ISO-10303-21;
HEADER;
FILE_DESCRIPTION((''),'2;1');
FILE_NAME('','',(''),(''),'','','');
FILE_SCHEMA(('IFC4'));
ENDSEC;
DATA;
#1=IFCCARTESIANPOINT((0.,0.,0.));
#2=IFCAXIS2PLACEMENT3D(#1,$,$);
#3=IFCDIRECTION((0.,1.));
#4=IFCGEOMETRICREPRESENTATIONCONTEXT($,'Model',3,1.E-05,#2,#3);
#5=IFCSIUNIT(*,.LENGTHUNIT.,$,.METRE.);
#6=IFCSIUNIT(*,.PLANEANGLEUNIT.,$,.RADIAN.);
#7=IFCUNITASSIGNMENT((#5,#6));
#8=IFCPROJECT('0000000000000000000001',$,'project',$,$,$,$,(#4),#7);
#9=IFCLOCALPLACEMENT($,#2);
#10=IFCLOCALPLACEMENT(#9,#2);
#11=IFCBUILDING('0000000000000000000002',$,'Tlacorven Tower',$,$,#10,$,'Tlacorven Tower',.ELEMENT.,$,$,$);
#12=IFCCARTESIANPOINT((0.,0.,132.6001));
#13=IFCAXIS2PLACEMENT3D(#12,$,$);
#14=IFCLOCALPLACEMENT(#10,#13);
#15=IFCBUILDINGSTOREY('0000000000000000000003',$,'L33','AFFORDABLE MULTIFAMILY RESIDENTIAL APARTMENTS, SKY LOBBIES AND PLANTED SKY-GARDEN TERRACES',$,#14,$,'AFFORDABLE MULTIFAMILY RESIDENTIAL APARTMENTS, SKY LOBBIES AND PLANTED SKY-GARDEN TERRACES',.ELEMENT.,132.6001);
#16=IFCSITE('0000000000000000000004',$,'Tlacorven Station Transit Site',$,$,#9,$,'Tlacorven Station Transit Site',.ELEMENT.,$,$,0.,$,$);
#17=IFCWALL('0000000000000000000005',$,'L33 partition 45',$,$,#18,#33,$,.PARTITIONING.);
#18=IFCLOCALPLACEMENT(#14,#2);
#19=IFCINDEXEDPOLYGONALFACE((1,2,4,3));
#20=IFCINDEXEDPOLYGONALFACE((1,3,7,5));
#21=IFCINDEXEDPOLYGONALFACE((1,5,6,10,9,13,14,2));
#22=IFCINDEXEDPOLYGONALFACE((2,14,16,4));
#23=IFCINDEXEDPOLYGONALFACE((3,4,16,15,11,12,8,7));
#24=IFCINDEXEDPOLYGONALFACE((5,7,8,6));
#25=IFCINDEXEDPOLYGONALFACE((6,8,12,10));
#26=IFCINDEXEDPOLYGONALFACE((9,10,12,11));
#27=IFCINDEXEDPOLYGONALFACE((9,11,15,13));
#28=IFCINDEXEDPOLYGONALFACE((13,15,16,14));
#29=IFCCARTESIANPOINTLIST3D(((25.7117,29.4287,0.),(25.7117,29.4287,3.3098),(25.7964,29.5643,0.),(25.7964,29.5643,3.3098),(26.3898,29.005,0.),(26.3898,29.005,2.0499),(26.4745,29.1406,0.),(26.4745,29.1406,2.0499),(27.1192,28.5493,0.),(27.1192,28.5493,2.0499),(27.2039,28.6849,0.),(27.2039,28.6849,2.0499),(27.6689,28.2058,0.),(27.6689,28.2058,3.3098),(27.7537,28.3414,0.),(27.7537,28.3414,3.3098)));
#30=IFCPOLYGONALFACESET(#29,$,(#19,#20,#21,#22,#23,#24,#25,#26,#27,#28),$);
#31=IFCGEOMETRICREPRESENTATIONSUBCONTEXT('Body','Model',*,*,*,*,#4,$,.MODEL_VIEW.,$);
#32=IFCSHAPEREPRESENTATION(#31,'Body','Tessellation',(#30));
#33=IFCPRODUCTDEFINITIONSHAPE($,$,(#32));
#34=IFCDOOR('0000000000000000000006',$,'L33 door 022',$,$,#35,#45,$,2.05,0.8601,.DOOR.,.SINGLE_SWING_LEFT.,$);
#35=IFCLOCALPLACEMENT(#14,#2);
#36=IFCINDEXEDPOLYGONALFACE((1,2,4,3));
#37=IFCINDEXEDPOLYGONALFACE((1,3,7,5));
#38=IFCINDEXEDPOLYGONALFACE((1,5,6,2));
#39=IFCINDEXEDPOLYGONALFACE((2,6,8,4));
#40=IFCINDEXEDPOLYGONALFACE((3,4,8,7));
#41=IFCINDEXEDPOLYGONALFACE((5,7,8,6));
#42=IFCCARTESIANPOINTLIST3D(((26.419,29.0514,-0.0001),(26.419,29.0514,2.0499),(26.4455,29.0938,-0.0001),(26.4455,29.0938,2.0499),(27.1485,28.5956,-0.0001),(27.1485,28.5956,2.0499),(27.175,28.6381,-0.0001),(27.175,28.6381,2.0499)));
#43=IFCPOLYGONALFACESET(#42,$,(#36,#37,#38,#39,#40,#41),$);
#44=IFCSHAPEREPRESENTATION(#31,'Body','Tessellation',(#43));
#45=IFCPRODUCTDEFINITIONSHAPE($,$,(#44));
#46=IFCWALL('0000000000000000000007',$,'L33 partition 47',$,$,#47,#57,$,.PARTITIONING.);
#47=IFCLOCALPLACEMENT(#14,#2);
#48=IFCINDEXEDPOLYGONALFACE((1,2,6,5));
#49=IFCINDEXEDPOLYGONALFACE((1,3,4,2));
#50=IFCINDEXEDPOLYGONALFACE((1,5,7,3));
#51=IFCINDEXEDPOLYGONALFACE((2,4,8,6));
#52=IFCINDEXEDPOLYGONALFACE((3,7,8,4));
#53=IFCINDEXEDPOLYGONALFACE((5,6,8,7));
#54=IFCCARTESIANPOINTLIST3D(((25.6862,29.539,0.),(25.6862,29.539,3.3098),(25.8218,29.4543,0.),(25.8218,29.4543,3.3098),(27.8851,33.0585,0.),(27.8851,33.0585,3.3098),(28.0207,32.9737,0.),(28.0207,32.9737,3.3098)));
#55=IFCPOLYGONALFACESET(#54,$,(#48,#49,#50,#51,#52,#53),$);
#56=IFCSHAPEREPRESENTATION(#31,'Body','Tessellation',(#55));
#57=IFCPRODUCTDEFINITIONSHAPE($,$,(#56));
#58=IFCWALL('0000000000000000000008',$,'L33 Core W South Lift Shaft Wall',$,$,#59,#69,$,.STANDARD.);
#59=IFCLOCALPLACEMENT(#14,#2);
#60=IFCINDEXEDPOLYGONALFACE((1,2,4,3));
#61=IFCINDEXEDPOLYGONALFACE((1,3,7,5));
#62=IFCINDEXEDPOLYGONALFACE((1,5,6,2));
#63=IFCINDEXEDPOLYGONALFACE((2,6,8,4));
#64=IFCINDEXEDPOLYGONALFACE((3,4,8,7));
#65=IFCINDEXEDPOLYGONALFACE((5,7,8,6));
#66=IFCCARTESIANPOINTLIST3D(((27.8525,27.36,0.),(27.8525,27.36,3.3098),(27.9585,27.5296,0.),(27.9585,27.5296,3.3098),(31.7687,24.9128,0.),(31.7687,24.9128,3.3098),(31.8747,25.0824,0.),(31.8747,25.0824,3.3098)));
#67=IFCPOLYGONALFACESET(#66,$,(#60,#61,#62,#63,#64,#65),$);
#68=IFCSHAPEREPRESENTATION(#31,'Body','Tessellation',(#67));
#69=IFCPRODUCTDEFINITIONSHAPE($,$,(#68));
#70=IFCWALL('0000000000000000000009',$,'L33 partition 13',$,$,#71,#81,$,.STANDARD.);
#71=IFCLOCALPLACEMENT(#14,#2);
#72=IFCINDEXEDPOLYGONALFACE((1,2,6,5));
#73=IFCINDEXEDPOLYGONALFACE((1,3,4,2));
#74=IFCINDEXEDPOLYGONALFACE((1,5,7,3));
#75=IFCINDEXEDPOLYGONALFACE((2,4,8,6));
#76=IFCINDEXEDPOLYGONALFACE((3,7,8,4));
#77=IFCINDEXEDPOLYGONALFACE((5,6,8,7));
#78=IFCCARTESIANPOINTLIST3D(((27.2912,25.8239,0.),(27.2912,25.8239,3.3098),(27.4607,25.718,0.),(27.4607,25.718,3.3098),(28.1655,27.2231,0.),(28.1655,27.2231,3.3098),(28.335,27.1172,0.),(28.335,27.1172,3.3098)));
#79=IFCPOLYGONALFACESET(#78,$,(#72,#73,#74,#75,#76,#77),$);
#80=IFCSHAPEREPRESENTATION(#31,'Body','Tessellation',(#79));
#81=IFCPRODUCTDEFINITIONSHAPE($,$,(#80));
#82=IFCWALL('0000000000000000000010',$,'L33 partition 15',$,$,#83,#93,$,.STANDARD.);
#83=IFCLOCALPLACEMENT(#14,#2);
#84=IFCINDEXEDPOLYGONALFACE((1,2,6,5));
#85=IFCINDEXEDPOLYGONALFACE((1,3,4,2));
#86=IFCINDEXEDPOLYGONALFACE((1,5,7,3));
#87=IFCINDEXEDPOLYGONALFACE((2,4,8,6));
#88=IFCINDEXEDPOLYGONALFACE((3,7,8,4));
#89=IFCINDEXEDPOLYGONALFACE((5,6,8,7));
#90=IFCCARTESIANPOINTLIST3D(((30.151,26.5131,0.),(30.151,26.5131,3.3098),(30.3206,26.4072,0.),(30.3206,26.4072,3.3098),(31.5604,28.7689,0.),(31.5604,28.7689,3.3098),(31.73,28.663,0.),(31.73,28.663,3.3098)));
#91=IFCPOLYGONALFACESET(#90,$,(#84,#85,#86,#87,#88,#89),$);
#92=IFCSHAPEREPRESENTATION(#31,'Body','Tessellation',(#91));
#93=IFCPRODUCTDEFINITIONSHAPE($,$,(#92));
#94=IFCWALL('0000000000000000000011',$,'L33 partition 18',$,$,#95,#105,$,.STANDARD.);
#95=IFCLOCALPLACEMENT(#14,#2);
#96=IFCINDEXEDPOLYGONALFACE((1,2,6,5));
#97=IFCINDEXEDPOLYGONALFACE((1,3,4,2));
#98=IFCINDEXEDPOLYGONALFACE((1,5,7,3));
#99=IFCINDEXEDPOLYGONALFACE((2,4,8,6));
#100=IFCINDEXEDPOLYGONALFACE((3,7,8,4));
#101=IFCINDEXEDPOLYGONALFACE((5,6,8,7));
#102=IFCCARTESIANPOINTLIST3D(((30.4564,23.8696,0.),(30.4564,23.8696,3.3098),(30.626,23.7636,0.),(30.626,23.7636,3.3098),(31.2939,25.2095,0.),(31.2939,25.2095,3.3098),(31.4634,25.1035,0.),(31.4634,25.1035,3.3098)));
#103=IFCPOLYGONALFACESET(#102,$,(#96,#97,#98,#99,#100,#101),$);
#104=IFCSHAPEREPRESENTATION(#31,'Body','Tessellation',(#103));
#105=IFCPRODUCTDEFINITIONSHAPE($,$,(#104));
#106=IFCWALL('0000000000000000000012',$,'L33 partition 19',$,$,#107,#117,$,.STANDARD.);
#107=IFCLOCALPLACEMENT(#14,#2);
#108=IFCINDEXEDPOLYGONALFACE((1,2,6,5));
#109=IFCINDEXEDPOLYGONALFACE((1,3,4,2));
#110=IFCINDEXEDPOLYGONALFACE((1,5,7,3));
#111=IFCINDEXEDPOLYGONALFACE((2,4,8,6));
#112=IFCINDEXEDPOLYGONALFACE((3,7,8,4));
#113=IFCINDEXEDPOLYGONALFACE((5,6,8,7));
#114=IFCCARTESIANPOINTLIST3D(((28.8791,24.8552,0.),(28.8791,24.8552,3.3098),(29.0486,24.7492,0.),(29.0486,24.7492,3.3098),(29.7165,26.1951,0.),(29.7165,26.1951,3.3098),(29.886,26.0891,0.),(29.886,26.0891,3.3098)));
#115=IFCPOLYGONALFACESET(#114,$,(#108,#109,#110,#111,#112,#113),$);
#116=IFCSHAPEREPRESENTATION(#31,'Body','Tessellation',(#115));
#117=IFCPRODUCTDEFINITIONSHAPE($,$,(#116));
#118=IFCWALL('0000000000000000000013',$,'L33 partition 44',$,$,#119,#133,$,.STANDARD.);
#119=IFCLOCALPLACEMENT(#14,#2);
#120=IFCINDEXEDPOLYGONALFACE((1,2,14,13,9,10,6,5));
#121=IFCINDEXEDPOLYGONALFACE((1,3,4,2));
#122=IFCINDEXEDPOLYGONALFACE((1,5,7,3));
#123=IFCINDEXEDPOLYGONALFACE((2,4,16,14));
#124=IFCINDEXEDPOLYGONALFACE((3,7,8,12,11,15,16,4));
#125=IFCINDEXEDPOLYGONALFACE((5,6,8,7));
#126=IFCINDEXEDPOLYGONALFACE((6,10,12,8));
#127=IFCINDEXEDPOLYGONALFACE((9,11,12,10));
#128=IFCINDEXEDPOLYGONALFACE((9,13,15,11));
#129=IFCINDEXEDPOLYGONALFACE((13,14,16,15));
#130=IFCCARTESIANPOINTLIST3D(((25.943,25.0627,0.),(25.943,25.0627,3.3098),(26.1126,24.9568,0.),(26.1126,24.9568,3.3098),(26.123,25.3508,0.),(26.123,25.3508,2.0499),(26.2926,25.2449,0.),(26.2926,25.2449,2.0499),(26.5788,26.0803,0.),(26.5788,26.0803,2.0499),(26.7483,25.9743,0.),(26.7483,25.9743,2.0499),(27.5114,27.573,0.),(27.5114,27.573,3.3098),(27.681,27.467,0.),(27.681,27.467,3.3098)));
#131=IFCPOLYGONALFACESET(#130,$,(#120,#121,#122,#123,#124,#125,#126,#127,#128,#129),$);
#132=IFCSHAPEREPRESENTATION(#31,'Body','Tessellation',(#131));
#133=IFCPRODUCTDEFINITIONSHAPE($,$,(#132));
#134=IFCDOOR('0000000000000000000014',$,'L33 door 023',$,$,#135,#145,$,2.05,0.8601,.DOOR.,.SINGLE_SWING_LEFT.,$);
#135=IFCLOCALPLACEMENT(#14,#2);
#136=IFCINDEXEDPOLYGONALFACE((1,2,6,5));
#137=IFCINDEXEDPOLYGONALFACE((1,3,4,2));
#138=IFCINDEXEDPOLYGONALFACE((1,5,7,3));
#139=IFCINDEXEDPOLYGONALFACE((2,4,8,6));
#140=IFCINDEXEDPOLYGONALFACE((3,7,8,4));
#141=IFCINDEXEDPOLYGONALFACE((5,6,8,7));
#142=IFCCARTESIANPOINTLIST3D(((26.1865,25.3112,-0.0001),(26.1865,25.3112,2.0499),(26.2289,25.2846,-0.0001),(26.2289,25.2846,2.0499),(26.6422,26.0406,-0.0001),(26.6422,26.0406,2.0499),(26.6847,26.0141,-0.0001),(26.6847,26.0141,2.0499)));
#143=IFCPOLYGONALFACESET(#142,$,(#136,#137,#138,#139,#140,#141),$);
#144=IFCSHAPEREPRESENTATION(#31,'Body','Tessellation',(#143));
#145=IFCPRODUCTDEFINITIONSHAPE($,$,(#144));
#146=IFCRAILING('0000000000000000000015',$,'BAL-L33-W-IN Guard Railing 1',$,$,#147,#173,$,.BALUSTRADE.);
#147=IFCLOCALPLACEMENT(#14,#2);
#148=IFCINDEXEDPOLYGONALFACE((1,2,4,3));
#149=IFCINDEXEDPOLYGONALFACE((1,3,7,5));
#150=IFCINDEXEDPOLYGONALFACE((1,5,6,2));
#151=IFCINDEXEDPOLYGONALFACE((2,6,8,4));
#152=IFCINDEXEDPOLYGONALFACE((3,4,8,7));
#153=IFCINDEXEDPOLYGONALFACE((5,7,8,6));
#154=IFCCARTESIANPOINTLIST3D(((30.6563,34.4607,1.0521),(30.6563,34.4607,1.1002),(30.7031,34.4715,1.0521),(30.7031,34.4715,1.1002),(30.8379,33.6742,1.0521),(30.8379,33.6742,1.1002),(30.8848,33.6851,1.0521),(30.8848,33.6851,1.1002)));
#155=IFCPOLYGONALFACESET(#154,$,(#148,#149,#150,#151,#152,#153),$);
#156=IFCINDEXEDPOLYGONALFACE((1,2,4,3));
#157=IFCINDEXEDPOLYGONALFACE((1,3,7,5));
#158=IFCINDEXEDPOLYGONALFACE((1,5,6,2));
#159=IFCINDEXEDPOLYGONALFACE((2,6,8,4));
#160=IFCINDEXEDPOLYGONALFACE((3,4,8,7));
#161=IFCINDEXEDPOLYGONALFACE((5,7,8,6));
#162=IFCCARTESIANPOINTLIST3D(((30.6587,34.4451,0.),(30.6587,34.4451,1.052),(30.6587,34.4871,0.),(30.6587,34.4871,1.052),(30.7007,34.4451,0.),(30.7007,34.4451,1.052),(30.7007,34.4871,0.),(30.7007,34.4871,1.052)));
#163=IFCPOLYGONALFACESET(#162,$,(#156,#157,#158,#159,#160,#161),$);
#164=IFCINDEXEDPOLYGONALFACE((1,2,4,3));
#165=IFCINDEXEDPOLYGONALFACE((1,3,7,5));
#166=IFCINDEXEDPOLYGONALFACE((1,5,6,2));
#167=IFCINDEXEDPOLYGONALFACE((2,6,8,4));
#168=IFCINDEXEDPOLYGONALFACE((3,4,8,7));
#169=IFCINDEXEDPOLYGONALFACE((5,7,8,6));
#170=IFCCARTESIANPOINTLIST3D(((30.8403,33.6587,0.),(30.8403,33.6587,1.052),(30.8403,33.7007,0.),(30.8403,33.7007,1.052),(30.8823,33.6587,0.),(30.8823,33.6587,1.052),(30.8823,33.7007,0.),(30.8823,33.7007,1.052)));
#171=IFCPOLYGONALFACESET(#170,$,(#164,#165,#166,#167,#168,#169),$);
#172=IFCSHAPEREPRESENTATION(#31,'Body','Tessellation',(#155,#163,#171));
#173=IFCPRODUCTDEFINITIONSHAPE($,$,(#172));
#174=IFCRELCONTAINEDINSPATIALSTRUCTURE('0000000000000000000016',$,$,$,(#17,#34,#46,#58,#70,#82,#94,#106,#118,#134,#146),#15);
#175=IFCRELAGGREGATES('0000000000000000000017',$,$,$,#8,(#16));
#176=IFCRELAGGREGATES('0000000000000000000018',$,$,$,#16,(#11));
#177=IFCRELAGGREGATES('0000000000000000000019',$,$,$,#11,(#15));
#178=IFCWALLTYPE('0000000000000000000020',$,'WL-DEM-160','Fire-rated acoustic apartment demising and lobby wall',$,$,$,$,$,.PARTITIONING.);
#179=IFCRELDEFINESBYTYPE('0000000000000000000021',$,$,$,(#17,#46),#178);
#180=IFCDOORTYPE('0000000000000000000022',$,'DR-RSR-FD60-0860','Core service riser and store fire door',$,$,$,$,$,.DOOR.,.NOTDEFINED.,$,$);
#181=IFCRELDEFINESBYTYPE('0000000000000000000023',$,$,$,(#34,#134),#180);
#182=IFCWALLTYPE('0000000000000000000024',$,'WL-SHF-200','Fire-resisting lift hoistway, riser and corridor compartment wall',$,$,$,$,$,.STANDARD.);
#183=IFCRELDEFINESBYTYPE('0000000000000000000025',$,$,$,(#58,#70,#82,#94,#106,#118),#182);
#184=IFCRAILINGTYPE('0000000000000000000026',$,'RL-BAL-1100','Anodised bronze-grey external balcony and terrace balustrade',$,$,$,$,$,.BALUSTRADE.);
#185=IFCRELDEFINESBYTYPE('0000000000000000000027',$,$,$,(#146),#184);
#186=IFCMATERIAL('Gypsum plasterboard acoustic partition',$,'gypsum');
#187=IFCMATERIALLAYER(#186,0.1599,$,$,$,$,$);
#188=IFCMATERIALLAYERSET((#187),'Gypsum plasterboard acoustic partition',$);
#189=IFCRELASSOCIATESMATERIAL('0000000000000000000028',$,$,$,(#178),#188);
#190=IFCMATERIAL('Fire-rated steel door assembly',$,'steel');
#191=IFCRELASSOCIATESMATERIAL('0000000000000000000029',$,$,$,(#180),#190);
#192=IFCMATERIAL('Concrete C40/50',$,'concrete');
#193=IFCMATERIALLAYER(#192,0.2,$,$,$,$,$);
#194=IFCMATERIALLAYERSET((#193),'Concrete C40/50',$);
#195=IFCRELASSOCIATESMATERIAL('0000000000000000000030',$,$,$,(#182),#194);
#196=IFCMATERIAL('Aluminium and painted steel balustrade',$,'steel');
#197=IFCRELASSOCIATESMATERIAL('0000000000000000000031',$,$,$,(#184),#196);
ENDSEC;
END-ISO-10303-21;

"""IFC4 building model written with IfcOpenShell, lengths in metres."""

from ifc_helpers import new_model, si_unit, direction, frame, frame_2d, origin, origin_2d, place, context, subcontext, project, spatial, rectangle, extrude, source, transform, mapped, material, layer, layer_set, type_object, element, fill, save


model = new_model("IFC4")

# Units and contexts
model_context = context("Model", 3, precision=1e-05, world=origin(), true_north=direction((0.0, 1.0)))
body_context = subcontext(model_context, "Body", "Model", "MODEL_VIEW")
ifc_project = project(units=[si_unit("LENGTHUNIT", "METRE"), si_unit("PLANEANGLEUNIT", "RADIAN")], contexts=[model_context])

# Site, building, storey
site_placement = place(None, origin())
site = spatial("IfcSite", under=ifc_project, at=site_placement, Name="Tlacorven Station Transit Site", LongName="Tlacorven Station Transit Site", CompositionType="ELEMENT", RefElevation=0.0)
building_placement = place(site_placement, origin())
building = spatial("IfcBuilding", under=site, at=building_placement, Name="Tlacorven Tower", LongName="Tlacorven Tower", CompositionType="ELEMENT")
storey_placement = place(building_placement, frame((0.0, 0.0, 132.6001)))
storey = spatial("IfcBuildingStorey", under=building, at=storey_placement, Name="L33", Description="AFFORDABLE MULTIFAMILY RESIDENTIAL APARTMENTS, SKY LOBBIES AND PLANTED SKY-GARDEN TERRACES", LongName="AFFORDABLE MULTIFAMILY RESIDENTIAL APARTMENTS, SKY LOBBIES AND PLANTED SKY-GARDEN TERRACES", CompositionType="ELEMENT", Elevation=132.6001)

# Wall, opening, door
ifc_material_1 = material(Name="Gypsum plasterboard acoustic partition", Category="gypsum")
ifc_layer_1 = layer(ifc_material_1, 0.1599)
ifc_layer_set_1 = layer_set([ifc_layer_1], Name="Gypsum plasterboard acoustic partition")
wall_type_1 = type_object("IfcWallType", Name="WL-DEM-160", Description="Fire-rated acoustic apartment demising and lobby wall", PredefinedType="PARTITIONING", material=ifc_layer_set_1)
wall_1_placement = place(storey_placement, frame((27.7112, 28.2737, 0.0), z_axis=(0.0, 0.0, 1.0), x_axis=(-0.848076, 0.529875, 0.0)))
wall_1 = element("IfcWall", 1, at=wall_1_placement, inside=storey, type_object=wall_type_1, Name="L33 partition 45", PredefinedType="PARTITIONING", context=body_context, shape_type="SweptSolid", body=[
    extrude(rectangle(XDim=2.3079, YDim=0.1599, at=frame_2d((1.1538, 0.0))), origin(), (0.0, 0.0, 1.0), 3.3098),
])
opening_1_placement = place(wall_1_placement, frame((0.6479, 0.0, 0.0)))
opening_1 = element("IfcOpeningElement", 2, at=opening_1_placement, cuts=wall_1, PredefinedType="OPENING", context=body_context, shape_type="SweptSolid", body=[
    extrude(rectangle(XDim=0.8601, YDim=2.05, at=frame_2d((0.4302, 1.0249))), frame((0.0, 0.0898, 0.0), z_axis=(0.0, -1.0, 0.0), x_axis=(1.0, 0.0, 0.0)), (0.0, 0.0, 1.0), 0.1799),
])
ifc_material_2 = material(Name="Fire-rated steel door assembly", Category="steel")
door_type = type_object("IfcDoorType", Name="DR-RSR-FD60-0860", Description="Core service riser and store fire door", OperationType="NOTDEFINED", PredefinedType="DOOR", material=ifc_material_2)
shared_shape_1 = source(origin(), body_context, "Body", "SweptSolid", [
    extrude(rectangle(XDim=0.8601, YDim=2.05, at=frame_2d((0.4302, 1.0249))), frame((0.0, 0.0249, 0.0), z_axis=(0.0, -1.0, 0.0), x_axis=(1.0, 0.0, 0.0)), (0.0, 0.0, 1.0), 0.05),
])
door_1_placement = place(opening_1_placement, frame((0.8601, 0.0, 0.0), z_axis=(0.0, 0.0, 1.0), x_axis=(-1.0, 0.0, 0.0)))
door_1 = element("IfcDoor", 3, at=door_1_placement, inside=storey, type_object=door_type, Name="L33 door 022", OperationType="SINGLE_SWING_LEFT", OverallHeight=2.05, OverallWidth=0.8601, PredefinedType="DOOR", context=body_context, shape_type="MappedRepresentation", body=[
    mapped(shared_shape_1, transform((0.0, 0.0, 0.0), scale=1.0)),
])
fill(opening_1, door_1)

# Walls
wall_2_placement = place(storey_placement, frame((27.9529, 33.0161, 0.0), z_axis=(0.0, 0.0, 1.0), x_axis=(-0.529872, -0.848078, 0.0)))
element("IfcWall", 4, at=wall_2_placement, inside=storey, type_object=wall_type_1, Name="L33 partition 47", PredefinedType="PARTITIONING", context=body_context, shape_type="SweptSolid", body=[
    extrude(rectangle(XDim=4.1499, YDim=0.1599, at=frame_2d((2.075, 0.0))), origin(), (0.0, 0.0, 1.0), 3.3098),
])
ifc_material_3 = material(Name="Concrete C40/50", Category="concrete")
ifc_layer_2 = layer(ifc_material_3, 0.2)
ifc_layer_set_2 = layer_set([ifc_layer_2], Name="Concrete C40/50")
wall_type_2 = type_object("IfcWallType", Name="WL-SHF-200", Description="Fire-resisting lift hoistway, riser and corridor compartment wall", PredefinedType="STANDARD", material=ifc_layer_set_2)
wall_3_placement = place(storey_placement, frame((31.8218, 24.9976, 0.0), z_axis=(0.0, 0.0, 1.0), x_axis=(-0.848037, 0.529937, 0.0)))
element("IfcWall", 5, at=wall_3_placement, inside=storey, type_object=wall_type_2, Name="L33 Core W South Lift Shaft Wall", PredefinedType="STANDARD", context=body_context, shape_type="SweptSolid", body=[
    extrude(rectangle(XDim=4.6179, YDim=0.2, at=frame_2d((2.3091, 0.0))), origin(), (0.0, 0.0, 1.0), 3.3098),
])
wall_4_placement = place(storey_placement, frame((28.2502, 27.1702, 0.0), z_axis=(0.0, 0.0, 1.0), x_axis=(-0.529906, -0.848056, 0.0)))
element("IfcWall", 6, at=wall_4_placement, inside=storey, type_object=wall_type_2, Name="L33 partition 13", PredefinedType="STANDARD", context=body_context, shape_type="SweptSolid", body=[
    extrude(rectangle(XDim=1.6499, YDim=0.2, at=frame_2d((0.825, 0.0))), origin(), (0.0, 0.0, 1.0), 3.3098),
])
wall_5_placement = place(storey_placement, frame((31.6453, 28.7161, 0.0), z_axis=(0.0, 0.0, 1.0), x_axis=(-0.529867, -0.848081, 0.0)))
element("IfcWall", 7, at=wall_5_placement, inside=storey, type_object=wall_type_2, Name="L33 partition 15", PredefinedType="STANDARD", context=body_context, shape_type="SweptSolid", body=[
    extrude(rectangle(XDim=2.6599, YDim=0.2, at=frame_2d((1.3301, 0.0))), origin(), (0.0, 0.0, 1.0), 3.3098),
])
for number, where, z_axis, x_axis, name in (
    (8, (31.3787, 25.1565, 0.0), (0.0, 0.0, 1.0), (-0.529999, -0.847998, 0.0), "L33 partition 18"),
    (9, (29.8013, 26.1421, 0.0), (0.0, 0.0, 1.0), (-0.529999, -0.847998, 0.0), "L33 partition 19"),
):
    element("IfcWall", number, at=place(storey_placement, frame(where, z_axis=z_axis, x_axis=x_axis)), inside=storey, type_object=wall_type_2, Name=name, PredefinedType="STANDARD", context=body_context, shape_type="SweptSolid", body=[
        extrude(rectangle(XDim=1.5801, YDim=0.2, at=frame_2d((0.79, 0.0))), origin(), (0.0, 0.0, 1.0), 3.3098),
    ])

# Wall, opening, door
wall_6_placement = place(storey_placement, frame((27.5962, 27.52, 0.0), z_axis=(0.0, 0.0, 1.0), x_axis=(-0.529865, -0.848082, 0.0)))
wall_6 = element("IfcWall", 10, at=wall_6_placement, inside=storey, type_object=wall_type_2, Name="L33 partition 44", PredefinedType="STANDARD", context=body_context, shape_type="SweptSolid", body=[
    extrude(rectangle(XDim=2.96, YDim=0.2, at=frame_2d((1.48, 0.0))), origin(), (0.0, 0.0, 1.0), 3.3098),
])
opening_2_placement = place(wall_6_placement, frame((1.76, 0.0, 0.0)))
opening_2 = element("IfcOpeningElement", 11, at=opening_2_placement, cuts=wall_6, PredefinedType="OPENING", context=body_context, shape_type="SweptSolid", body=[
    extrude(rectangle(XDim=0.8601, YDim=2.05, at=frame_2d((0.4302, 1.0249))), frame((0.0, 0.1099, 0.0), z_axis=(0.0, -1.0, 0.0), x_axis=(1.0, 0.0, 0.0)), (0.0, 0.0, 1.0), 0.22),
])
door_2_placement = place(opening_2_placement, origin())
door_2 = element("IfcDoor", 12, at=door_2_placement, inside=storey, type_object=door_type, Name="L33 door 023", OperationType="SINGLE_SWING_LEFT", OverallHeight=2.05, OverallWidth=0.8601, PredefinedType="DOOR", context=body_context, shape_type="MappedRepresentation", body=[
    mapped(shared_shape_1, transform((0.0, 0.0, 0.0), scale=1.0)),
])
fill(opening_2, door_2)

# Railing
ifc_material_4 = material(Name="Aluminium and painted steel balustrade", Category="steel")
railing_type = type_object("IfcRailingType", Name="RL-BAL-1100", Description="Anodised bronze-grey external balcony and terrace balustrade", PredefinedType="BALUSTRADE", material=ifc_material_4)
shared_shape_2 = source(origin(), body_context, "Body", "SweptSolid", [
    extrude(rectangle(XDim=0.0481, YDim=0.0481, at=origin_2d()), frame((0.0, 0.0, 1.0762), z_axis=(0.225058, -0.974345, 0.0), x_axis=(0.974345, 0.225058, 0.0)), (0.0, 0.0, 1.0), 0.8071),
    extrude(rectangle(XDim=0.042, YDim=0.042, at=origin_2d()), origin(), (0.0, 0.0, 1.0), 1.052),
    extrude(rectangle(XDim=0.042, YDim=0.042, at=origin_2d()), frame((0.1816, -0.7864, 0.0)), (0.0, 0.0, 1.0), 1.052),
])
railing_1_placement = place(storey_placement, frame((30.6797, 34.4661, 0.0)))
element("IfcRailing", 13, at=railing_1_placement, inside=storey, type_object=railing_type, Name="BAL-L33-W-IN Guard Railing 1", PredefinedType="BALUSTRADE", context=body_context, shape_type="MappedRepresentation", body=[
    mapped(shared_shape_2, transform((0.0, 0.0, 0.0), scale=1.0)),
])

save(model, "model.ifc")
